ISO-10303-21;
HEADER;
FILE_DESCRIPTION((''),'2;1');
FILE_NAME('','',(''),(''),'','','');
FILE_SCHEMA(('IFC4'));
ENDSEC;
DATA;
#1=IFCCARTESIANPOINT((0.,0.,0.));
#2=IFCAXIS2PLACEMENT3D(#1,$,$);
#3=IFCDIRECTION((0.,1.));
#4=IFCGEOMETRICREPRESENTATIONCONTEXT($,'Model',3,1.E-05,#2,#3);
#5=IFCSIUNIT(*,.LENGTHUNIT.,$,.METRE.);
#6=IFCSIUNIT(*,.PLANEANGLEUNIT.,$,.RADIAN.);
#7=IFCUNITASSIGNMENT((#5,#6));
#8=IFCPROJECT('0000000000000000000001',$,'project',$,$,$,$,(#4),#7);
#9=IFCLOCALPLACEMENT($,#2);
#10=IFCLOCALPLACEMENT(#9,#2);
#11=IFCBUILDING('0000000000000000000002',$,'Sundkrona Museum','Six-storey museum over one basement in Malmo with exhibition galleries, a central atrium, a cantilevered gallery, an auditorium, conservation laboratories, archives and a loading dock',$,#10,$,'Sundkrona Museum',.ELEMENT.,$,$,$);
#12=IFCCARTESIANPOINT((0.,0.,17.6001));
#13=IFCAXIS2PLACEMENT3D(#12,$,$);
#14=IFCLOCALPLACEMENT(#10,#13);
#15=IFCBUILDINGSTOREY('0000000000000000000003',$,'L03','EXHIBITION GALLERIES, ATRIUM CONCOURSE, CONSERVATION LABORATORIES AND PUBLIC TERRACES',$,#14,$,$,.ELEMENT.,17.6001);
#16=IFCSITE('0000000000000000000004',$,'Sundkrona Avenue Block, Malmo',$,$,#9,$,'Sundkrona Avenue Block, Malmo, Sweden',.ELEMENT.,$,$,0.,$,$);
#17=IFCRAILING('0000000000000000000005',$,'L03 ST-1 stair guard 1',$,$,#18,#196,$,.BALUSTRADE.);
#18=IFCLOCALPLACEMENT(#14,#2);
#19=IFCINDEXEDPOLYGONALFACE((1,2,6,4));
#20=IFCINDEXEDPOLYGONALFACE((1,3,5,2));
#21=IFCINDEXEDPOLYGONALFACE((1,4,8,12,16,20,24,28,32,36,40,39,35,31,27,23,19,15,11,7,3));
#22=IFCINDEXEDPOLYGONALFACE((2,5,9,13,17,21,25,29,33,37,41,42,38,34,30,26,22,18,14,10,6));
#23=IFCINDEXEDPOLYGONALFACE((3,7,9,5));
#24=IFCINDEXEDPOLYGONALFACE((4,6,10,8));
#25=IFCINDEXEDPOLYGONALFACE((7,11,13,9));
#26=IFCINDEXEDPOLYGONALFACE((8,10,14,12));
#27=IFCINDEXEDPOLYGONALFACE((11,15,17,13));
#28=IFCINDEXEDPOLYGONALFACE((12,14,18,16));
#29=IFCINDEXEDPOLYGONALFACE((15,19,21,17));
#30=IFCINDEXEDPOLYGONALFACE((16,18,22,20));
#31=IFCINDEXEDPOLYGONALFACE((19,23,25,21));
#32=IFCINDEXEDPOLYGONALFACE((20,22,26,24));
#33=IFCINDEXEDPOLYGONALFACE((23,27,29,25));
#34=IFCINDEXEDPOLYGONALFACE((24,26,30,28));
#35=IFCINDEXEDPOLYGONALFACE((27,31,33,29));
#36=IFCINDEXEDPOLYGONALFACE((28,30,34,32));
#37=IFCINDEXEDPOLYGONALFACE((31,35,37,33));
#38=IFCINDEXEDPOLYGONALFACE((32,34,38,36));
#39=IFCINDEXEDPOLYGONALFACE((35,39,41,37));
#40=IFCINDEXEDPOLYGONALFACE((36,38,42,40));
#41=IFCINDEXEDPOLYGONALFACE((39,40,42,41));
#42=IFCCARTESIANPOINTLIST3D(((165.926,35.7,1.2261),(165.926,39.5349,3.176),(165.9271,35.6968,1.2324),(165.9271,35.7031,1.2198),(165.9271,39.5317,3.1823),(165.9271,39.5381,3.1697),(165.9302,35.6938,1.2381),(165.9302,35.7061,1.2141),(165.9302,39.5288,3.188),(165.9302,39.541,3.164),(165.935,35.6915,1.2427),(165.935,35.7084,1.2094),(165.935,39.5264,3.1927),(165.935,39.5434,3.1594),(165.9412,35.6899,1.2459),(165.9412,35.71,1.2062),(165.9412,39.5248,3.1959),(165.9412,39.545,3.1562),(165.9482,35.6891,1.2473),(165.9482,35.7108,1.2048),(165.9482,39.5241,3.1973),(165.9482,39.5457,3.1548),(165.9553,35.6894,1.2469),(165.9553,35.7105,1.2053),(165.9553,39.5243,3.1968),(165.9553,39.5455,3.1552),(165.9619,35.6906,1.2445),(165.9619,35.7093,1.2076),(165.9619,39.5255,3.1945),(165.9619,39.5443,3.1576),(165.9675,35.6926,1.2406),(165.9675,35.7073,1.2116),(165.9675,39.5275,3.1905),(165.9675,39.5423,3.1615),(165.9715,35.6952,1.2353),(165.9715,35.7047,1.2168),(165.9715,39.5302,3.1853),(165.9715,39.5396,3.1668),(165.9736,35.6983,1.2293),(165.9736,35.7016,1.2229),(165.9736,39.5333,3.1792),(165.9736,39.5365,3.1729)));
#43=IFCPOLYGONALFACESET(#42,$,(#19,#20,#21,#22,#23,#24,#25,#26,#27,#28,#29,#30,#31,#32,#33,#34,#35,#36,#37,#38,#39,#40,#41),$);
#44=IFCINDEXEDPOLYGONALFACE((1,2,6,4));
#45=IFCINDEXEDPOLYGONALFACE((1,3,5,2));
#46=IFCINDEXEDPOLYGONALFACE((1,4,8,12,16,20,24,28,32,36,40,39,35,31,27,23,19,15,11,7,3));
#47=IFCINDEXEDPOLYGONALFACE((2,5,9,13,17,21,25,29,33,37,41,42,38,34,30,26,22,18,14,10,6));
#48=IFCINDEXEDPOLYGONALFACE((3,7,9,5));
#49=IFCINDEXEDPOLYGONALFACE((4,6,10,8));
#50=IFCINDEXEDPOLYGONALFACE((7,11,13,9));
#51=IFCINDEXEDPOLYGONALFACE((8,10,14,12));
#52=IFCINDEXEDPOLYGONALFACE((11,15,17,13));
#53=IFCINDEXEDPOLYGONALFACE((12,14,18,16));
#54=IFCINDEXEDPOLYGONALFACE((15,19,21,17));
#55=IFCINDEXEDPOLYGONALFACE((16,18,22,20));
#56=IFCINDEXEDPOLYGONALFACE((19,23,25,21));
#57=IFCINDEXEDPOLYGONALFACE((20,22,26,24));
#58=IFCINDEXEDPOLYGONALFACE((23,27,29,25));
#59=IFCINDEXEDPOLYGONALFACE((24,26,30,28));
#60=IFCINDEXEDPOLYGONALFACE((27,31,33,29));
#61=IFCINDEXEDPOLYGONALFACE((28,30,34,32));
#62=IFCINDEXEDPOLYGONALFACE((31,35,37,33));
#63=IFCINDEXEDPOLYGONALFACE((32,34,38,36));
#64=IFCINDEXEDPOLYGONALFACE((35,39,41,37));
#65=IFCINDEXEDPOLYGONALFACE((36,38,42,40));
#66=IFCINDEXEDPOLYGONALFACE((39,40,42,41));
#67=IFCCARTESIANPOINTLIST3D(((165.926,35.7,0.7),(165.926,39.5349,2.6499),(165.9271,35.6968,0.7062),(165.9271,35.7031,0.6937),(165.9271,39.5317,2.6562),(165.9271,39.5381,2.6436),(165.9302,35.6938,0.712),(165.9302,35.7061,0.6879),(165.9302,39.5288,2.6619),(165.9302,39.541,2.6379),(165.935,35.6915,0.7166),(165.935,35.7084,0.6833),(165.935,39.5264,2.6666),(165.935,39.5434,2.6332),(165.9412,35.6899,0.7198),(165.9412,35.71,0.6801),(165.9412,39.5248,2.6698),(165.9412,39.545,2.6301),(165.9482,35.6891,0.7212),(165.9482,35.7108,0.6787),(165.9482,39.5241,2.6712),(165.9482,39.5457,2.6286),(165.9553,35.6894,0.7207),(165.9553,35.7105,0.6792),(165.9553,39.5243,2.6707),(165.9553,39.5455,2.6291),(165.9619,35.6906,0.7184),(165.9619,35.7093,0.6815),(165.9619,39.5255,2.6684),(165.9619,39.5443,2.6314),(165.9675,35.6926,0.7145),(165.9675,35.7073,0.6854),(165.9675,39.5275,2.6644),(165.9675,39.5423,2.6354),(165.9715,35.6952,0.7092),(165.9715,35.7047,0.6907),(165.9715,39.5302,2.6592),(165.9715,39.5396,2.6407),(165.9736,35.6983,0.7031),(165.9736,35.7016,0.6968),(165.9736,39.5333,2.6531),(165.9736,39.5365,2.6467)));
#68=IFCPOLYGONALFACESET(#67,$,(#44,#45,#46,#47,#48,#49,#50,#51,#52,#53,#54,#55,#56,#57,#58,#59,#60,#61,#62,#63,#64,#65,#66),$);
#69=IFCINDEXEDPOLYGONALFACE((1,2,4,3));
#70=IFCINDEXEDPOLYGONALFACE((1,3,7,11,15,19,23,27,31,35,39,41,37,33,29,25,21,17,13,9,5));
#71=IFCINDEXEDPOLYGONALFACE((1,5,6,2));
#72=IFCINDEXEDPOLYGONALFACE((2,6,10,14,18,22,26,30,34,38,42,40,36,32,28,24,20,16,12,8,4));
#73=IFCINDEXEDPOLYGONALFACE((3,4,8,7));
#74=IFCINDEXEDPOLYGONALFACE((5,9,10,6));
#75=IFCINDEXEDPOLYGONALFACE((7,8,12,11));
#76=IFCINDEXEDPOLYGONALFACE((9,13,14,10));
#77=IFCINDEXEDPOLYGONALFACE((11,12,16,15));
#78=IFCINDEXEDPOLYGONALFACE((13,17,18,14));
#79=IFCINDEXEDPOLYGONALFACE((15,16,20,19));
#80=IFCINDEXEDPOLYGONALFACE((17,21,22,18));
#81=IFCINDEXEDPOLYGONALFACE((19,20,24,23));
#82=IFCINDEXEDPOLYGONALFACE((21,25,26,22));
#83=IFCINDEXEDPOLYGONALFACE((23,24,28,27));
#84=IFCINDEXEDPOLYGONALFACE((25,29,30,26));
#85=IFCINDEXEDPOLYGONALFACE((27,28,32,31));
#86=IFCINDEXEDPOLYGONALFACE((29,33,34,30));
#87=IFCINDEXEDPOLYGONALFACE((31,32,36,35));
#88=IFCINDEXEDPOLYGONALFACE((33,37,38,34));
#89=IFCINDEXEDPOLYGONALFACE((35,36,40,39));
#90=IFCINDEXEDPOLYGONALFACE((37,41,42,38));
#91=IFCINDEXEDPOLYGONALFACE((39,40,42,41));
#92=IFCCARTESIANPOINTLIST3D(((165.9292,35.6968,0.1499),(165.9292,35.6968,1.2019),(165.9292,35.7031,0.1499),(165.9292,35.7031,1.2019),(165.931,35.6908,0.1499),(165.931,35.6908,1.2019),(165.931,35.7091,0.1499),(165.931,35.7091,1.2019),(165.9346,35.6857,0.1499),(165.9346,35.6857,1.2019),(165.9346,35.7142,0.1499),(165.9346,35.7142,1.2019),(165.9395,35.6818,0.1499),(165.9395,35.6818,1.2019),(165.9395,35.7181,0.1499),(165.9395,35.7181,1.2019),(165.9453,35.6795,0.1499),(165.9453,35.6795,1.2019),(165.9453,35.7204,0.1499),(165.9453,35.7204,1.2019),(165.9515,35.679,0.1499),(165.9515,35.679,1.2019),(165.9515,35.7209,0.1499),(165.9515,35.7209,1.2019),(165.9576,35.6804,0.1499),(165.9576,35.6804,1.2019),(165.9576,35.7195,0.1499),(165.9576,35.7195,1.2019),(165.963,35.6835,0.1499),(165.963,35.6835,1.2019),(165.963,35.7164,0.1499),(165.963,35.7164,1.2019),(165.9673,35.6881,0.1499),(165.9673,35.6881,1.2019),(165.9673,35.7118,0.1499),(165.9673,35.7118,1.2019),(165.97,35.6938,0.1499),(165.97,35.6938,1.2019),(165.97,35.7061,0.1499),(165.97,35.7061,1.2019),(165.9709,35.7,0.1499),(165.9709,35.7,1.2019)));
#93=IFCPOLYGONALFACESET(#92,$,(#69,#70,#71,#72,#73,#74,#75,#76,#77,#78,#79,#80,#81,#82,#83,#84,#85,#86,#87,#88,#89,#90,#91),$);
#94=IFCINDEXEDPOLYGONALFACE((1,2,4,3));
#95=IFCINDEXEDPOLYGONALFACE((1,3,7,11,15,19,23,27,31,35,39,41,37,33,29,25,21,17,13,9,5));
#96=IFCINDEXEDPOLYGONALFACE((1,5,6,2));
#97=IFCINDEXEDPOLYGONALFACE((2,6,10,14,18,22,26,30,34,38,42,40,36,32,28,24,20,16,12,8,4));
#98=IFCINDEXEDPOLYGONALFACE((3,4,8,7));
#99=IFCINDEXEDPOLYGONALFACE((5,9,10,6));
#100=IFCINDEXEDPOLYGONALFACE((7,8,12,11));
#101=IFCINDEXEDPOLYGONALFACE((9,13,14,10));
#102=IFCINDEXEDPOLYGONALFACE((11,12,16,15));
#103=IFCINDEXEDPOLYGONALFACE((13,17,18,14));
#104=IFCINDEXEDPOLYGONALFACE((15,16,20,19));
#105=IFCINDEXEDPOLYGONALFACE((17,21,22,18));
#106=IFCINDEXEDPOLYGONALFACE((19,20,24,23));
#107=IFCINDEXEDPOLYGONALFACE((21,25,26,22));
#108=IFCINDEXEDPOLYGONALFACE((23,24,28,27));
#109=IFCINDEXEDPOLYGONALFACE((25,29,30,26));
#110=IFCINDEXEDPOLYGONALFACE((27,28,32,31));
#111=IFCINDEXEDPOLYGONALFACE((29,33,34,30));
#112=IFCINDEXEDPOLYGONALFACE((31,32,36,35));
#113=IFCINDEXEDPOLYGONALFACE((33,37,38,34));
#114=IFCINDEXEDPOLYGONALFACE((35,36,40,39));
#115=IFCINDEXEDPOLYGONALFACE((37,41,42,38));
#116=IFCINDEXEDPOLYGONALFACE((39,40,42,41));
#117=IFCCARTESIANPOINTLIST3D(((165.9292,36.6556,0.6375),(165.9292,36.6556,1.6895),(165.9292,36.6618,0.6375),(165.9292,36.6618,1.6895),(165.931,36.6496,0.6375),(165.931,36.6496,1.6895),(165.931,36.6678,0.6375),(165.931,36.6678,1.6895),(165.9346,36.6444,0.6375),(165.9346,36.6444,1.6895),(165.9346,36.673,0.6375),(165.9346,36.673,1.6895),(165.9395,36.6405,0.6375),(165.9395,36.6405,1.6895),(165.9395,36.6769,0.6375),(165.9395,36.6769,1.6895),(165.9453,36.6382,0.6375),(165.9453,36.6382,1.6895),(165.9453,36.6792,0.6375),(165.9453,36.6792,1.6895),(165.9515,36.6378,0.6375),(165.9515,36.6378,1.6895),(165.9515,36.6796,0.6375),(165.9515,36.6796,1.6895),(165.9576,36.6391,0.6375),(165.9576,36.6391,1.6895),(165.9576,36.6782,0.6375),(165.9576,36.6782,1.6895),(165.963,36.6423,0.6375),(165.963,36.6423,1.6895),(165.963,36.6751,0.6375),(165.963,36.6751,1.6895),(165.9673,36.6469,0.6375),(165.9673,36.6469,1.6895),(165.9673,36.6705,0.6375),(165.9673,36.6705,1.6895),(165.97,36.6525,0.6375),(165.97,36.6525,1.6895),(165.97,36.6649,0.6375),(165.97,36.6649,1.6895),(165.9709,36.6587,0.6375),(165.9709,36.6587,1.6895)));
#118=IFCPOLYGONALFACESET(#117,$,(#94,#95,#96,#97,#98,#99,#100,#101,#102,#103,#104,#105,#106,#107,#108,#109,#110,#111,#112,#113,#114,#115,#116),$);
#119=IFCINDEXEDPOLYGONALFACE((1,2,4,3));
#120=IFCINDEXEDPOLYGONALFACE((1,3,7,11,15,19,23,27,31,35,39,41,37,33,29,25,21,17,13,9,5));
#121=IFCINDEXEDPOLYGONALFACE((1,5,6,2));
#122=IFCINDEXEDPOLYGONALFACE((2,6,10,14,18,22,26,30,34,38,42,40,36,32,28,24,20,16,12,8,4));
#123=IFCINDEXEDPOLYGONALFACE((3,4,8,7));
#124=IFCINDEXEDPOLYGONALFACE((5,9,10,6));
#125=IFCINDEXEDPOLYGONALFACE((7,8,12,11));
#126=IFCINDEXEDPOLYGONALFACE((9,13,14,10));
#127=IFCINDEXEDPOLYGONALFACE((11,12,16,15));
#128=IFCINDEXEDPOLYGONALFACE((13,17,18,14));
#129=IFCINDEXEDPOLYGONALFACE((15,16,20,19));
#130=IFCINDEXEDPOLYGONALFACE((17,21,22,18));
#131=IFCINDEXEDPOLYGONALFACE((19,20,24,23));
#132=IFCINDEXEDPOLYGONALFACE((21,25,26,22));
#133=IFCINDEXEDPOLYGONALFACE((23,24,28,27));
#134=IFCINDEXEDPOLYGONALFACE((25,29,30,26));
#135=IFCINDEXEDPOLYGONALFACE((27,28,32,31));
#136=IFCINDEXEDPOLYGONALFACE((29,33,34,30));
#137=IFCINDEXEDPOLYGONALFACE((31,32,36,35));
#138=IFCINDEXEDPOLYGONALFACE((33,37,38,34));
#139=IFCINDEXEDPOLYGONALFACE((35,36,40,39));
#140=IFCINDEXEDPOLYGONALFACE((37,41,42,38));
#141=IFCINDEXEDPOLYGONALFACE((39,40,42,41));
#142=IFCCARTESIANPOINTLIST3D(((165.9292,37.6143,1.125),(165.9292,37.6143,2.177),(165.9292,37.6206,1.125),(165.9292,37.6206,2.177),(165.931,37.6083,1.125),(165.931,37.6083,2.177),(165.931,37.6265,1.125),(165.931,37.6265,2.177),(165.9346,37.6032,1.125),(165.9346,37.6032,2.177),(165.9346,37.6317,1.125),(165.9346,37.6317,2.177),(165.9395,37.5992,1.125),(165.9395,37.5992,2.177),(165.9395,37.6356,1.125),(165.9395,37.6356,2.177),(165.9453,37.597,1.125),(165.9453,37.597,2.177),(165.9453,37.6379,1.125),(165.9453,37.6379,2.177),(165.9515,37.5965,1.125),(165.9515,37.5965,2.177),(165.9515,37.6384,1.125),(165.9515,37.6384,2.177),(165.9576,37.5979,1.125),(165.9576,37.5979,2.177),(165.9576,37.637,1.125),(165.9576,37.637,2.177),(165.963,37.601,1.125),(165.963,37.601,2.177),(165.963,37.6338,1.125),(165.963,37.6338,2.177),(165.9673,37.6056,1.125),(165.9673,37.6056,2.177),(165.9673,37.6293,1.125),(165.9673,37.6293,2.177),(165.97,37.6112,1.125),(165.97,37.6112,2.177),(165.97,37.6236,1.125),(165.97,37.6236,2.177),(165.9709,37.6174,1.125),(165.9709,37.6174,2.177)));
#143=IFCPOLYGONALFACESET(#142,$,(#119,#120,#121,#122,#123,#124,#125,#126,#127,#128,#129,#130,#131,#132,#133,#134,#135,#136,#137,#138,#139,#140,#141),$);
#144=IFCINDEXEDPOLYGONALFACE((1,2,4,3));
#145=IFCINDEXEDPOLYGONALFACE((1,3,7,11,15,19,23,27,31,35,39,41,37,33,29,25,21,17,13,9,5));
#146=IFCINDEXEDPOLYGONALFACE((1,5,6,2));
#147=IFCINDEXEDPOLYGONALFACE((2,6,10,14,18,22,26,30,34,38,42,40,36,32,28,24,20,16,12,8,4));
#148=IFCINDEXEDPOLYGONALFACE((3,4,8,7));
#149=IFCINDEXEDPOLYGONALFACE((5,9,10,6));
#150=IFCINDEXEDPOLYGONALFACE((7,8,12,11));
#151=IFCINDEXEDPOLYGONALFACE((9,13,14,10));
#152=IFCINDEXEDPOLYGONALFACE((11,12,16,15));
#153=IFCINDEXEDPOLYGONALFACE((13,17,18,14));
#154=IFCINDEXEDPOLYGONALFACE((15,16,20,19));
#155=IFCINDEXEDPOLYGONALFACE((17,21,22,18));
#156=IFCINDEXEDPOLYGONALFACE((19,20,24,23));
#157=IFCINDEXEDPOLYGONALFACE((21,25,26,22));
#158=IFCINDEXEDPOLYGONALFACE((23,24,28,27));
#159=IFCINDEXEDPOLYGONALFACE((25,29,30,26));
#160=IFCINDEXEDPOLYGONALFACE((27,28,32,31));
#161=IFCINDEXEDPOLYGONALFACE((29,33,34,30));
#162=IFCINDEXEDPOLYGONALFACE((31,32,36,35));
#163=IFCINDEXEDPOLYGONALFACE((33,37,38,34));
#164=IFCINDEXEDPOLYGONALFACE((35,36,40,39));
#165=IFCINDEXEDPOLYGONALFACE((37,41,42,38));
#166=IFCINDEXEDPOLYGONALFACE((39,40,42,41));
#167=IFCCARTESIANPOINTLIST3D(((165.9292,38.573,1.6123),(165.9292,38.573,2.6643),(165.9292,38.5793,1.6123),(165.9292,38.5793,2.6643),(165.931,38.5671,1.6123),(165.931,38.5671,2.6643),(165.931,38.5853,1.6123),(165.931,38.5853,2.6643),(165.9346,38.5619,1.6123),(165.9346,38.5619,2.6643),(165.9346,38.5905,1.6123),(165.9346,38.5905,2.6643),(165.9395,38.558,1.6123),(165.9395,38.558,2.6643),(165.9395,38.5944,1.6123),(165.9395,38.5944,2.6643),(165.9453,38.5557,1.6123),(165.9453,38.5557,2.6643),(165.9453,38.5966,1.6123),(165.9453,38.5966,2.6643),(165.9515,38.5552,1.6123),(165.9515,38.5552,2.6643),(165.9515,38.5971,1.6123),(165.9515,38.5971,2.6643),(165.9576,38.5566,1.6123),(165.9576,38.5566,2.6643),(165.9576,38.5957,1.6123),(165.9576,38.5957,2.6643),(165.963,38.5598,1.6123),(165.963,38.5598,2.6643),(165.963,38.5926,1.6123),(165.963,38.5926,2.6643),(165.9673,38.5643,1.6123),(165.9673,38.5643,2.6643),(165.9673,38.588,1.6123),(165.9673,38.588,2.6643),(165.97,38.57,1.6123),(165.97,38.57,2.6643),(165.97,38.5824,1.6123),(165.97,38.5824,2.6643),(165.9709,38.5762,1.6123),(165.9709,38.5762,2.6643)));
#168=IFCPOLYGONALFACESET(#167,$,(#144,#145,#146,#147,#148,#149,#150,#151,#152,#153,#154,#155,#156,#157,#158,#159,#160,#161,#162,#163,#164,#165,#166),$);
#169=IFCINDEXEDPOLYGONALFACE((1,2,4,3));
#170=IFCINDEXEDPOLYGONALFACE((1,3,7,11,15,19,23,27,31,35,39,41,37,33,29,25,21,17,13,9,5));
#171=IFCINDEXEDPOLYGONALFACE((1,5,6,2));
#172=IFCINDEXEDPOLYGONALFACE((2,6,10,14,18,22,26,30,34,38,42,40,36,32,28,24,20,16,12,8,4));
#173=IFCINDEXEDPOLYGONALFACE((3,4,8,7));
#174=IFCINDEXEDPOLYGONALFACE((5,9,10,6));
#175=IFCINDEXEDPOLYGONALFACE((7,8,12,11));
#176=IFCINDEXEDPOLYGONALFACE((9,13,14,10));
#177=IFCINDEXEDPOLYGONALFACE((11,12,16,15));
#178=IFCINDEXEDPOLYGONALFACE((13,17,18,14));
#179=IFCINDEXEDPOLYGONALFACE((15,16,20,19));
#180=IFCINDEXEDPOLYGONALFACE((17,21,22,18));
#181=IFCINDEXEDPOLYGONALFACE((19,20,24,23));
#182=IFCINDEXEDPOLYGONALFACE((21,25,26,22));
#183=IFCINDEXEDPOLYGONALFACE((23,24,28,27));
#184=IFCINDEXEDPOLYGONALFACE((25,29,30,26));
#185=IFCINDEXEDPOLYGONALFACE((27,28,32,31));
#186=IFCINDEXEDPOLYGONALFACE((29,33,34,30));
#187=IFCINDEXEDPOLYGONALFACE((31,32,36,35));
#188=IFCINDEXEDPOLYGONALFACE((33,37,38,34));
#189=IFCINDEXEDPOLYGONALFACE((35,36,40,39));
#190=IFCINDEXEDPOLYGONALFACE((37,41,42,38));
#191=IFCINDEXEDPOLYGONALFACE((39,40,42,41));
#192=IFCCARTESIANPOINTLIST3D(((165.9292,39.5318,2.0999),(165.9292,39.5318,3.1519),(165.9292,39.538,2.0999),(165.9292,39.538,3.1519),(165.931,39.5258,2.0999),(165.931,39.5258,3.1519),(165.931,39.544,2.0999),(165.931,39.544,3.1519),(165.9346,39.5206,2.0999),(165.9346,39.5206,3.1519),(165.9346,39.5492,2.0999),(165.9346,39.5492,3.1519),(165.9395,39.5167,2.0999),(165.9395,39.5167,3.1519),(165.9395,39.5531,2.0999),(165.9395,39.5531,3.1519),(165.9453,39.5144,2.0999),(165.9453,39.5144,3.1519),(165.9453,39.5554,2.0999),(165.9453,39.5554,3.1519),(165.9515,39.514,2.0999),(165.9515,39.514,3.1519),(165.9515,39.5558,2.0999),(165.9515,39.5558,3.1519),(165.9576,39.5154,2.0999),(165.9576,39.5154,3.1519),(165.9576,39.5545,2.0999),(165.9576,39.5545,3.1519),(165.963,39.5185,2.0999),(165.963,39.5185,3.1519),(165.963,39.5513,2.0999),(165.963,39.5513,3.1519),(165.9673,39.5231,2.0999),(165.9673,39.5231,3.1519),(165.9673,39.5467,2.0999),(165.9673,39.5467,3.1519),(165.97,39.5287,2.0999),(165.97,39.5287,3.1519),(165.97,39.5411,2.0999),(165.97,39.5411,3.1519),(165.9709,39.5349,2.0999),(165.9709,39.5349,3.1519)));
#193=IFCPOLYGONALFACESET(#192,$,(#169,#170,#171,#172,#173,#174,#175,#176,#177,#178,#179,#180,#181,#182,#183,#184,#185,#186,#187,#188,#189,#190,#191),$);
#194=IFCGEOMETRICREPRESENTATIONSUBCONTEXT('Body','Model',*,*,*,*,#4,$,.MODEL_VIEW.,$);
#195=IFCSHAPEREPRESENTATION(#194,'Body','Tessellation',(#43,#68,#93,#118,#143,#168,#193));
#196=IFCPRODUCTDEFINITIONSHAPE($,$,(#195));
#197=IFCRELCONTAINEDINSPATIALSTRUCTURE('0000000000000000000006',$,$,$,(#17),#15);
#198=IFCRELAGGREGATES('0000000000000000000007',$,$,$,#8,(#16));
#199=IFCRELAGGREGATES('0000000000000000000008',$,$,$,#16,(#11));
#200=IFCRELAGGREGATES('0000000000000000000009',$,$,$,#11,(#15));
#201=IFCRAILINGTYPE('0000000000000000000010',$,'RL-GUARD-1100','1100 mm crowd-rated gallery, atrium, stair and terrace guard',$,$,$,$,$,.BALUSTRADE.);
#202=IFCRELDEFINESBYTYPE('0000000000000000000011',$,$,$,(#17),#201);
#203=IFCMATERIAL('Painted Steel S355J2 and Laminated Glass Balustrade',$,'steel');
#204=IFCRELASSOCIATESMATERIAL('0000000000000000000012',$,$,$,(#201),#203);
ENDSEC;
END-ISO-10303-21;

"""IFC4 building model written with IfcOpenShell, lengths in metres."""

from ifc_helpers import new_model, si_unit, direction, frame, origin, origin_2d, place, context, subcontext, project, spatial, circle, extrude, material, type_object, element, save


model = new_model("IFC4")

# Units and contexts
model_context = context("Model", 3, precision=1e-05, world=origin(), true_north=direction((0.0, 1.0)))
body_context = subcontext(model_context, "Body", "Model", "MODEL_VIEW")
ifc_project = project(units=[si_unit("LENGTHUNIT", "METRE"), si_unit("PLANEANGLEUNIT", "RADIAN")], contexts=[model_context])

# Site, building, storey
site_placement = place(None, origin())
site = spatial("IfcSite", under=ifc_project, at=site_placement, Name="Sundkrona Avenue Block, Malmo", LongName="Sundkrona Avenue Block, Malmo, Sweden", CompositionType="ELEMENT", RefElevation=0.0)
building_placement = place(site_placement, origin())
building = spatial("IfcBuilding", under=site, at=building_placement, Name="Sundkrona Museum", Description="Six-storey museum over one basement in Malmo with exhibition galleries, a central atrium, a cantilevered gallery, an auditorium, conservation laboratories, archives and a loading dock", LongName="Sundkrona Museum", CompositionType="ELEMENT")
storey_placement = place(building_placement, frame((0.0, 0.0, 17.6001)))
storey = spatial("IfcBuildingStorey", under=building, at=storey_placement, Name="L03", Description="EXHIBITION GALLERIES, ATRIUM CONCOURSE, CONSERVATION LABORATORIES AND PUBLIC TERRACES", CompositionType="ELEMENT", Elevation=17.6001)

# Railing
ifc_material_1 = material(Name="Painted Steel S355J2 and Laminated Glass Balustrade", Category="steel")
railing_type_1 = type_object("IfcRailingType", Name="RL-GUARD-1100", Description="1100 mm crowd-rated gallery, atrium, stair and terrace guard", PredefinedType="BALUSTRADE", material=ifc_material_1)
railing_1_placement = place(storey_placement, frame((165.95, 35.7, 0.1499)))
element("IfcRailing", 1, at=railing_1_placement, inside=storey, type_object=railing_type_1, Name="L03 ST-1 stair guard 1", PredefinedType="BALUSTRADE", context=body_context, shape_type="SweptSolid", body=[
    extrude(circle(Radius=0.0239, at=origin_2d()), frame((0.0, 0.0, 1.0762), z_axis=(0.0, 0.891388, 0.453241), x_axis=(-1.0, 0.0, 0.0)), (0.0, 0.0, 1.0), 4.3022),
    extrude(circle(Radius=0.0239, at=origin_2d()), frame((0.0, 0.0, 0.55), z_axis=(0.0, 0.891388, 0.453241), x_axis=(-1.0, 0.0, 0.0)), (0.0, 0.0, 1.0), 4.3022),
    extrude(circle(Radius=0.021, at=origin_2d()), origin(), (0.0, 0.0, 1.0), 1.052),
    extrude(circle(Radius=0.021, at=origin_2d()), frame((0.0, 0.9587, 0.4875)), (0.0, 0.0, 1.0), 1.052),
    extrude(circle(Radius=0.021, at=origin_2d()), frame((0.0, 1.9175, 0.9751)), (0.0, 0.0, 1.0), 1.052),
    extrude(circle(Radius=0.021, at=origin_2d()), frame((0.0, 2.8762, 1.4624)), (0.0, 0.0, 1.0), 1.052),
    extrude(circle(Radius=0.021, at=origin_2d()), frame((0.0, 3.835, 1.95)), (0.0, 0.0, 1.0), 1.052),
])

save(model, "model.ifc")
